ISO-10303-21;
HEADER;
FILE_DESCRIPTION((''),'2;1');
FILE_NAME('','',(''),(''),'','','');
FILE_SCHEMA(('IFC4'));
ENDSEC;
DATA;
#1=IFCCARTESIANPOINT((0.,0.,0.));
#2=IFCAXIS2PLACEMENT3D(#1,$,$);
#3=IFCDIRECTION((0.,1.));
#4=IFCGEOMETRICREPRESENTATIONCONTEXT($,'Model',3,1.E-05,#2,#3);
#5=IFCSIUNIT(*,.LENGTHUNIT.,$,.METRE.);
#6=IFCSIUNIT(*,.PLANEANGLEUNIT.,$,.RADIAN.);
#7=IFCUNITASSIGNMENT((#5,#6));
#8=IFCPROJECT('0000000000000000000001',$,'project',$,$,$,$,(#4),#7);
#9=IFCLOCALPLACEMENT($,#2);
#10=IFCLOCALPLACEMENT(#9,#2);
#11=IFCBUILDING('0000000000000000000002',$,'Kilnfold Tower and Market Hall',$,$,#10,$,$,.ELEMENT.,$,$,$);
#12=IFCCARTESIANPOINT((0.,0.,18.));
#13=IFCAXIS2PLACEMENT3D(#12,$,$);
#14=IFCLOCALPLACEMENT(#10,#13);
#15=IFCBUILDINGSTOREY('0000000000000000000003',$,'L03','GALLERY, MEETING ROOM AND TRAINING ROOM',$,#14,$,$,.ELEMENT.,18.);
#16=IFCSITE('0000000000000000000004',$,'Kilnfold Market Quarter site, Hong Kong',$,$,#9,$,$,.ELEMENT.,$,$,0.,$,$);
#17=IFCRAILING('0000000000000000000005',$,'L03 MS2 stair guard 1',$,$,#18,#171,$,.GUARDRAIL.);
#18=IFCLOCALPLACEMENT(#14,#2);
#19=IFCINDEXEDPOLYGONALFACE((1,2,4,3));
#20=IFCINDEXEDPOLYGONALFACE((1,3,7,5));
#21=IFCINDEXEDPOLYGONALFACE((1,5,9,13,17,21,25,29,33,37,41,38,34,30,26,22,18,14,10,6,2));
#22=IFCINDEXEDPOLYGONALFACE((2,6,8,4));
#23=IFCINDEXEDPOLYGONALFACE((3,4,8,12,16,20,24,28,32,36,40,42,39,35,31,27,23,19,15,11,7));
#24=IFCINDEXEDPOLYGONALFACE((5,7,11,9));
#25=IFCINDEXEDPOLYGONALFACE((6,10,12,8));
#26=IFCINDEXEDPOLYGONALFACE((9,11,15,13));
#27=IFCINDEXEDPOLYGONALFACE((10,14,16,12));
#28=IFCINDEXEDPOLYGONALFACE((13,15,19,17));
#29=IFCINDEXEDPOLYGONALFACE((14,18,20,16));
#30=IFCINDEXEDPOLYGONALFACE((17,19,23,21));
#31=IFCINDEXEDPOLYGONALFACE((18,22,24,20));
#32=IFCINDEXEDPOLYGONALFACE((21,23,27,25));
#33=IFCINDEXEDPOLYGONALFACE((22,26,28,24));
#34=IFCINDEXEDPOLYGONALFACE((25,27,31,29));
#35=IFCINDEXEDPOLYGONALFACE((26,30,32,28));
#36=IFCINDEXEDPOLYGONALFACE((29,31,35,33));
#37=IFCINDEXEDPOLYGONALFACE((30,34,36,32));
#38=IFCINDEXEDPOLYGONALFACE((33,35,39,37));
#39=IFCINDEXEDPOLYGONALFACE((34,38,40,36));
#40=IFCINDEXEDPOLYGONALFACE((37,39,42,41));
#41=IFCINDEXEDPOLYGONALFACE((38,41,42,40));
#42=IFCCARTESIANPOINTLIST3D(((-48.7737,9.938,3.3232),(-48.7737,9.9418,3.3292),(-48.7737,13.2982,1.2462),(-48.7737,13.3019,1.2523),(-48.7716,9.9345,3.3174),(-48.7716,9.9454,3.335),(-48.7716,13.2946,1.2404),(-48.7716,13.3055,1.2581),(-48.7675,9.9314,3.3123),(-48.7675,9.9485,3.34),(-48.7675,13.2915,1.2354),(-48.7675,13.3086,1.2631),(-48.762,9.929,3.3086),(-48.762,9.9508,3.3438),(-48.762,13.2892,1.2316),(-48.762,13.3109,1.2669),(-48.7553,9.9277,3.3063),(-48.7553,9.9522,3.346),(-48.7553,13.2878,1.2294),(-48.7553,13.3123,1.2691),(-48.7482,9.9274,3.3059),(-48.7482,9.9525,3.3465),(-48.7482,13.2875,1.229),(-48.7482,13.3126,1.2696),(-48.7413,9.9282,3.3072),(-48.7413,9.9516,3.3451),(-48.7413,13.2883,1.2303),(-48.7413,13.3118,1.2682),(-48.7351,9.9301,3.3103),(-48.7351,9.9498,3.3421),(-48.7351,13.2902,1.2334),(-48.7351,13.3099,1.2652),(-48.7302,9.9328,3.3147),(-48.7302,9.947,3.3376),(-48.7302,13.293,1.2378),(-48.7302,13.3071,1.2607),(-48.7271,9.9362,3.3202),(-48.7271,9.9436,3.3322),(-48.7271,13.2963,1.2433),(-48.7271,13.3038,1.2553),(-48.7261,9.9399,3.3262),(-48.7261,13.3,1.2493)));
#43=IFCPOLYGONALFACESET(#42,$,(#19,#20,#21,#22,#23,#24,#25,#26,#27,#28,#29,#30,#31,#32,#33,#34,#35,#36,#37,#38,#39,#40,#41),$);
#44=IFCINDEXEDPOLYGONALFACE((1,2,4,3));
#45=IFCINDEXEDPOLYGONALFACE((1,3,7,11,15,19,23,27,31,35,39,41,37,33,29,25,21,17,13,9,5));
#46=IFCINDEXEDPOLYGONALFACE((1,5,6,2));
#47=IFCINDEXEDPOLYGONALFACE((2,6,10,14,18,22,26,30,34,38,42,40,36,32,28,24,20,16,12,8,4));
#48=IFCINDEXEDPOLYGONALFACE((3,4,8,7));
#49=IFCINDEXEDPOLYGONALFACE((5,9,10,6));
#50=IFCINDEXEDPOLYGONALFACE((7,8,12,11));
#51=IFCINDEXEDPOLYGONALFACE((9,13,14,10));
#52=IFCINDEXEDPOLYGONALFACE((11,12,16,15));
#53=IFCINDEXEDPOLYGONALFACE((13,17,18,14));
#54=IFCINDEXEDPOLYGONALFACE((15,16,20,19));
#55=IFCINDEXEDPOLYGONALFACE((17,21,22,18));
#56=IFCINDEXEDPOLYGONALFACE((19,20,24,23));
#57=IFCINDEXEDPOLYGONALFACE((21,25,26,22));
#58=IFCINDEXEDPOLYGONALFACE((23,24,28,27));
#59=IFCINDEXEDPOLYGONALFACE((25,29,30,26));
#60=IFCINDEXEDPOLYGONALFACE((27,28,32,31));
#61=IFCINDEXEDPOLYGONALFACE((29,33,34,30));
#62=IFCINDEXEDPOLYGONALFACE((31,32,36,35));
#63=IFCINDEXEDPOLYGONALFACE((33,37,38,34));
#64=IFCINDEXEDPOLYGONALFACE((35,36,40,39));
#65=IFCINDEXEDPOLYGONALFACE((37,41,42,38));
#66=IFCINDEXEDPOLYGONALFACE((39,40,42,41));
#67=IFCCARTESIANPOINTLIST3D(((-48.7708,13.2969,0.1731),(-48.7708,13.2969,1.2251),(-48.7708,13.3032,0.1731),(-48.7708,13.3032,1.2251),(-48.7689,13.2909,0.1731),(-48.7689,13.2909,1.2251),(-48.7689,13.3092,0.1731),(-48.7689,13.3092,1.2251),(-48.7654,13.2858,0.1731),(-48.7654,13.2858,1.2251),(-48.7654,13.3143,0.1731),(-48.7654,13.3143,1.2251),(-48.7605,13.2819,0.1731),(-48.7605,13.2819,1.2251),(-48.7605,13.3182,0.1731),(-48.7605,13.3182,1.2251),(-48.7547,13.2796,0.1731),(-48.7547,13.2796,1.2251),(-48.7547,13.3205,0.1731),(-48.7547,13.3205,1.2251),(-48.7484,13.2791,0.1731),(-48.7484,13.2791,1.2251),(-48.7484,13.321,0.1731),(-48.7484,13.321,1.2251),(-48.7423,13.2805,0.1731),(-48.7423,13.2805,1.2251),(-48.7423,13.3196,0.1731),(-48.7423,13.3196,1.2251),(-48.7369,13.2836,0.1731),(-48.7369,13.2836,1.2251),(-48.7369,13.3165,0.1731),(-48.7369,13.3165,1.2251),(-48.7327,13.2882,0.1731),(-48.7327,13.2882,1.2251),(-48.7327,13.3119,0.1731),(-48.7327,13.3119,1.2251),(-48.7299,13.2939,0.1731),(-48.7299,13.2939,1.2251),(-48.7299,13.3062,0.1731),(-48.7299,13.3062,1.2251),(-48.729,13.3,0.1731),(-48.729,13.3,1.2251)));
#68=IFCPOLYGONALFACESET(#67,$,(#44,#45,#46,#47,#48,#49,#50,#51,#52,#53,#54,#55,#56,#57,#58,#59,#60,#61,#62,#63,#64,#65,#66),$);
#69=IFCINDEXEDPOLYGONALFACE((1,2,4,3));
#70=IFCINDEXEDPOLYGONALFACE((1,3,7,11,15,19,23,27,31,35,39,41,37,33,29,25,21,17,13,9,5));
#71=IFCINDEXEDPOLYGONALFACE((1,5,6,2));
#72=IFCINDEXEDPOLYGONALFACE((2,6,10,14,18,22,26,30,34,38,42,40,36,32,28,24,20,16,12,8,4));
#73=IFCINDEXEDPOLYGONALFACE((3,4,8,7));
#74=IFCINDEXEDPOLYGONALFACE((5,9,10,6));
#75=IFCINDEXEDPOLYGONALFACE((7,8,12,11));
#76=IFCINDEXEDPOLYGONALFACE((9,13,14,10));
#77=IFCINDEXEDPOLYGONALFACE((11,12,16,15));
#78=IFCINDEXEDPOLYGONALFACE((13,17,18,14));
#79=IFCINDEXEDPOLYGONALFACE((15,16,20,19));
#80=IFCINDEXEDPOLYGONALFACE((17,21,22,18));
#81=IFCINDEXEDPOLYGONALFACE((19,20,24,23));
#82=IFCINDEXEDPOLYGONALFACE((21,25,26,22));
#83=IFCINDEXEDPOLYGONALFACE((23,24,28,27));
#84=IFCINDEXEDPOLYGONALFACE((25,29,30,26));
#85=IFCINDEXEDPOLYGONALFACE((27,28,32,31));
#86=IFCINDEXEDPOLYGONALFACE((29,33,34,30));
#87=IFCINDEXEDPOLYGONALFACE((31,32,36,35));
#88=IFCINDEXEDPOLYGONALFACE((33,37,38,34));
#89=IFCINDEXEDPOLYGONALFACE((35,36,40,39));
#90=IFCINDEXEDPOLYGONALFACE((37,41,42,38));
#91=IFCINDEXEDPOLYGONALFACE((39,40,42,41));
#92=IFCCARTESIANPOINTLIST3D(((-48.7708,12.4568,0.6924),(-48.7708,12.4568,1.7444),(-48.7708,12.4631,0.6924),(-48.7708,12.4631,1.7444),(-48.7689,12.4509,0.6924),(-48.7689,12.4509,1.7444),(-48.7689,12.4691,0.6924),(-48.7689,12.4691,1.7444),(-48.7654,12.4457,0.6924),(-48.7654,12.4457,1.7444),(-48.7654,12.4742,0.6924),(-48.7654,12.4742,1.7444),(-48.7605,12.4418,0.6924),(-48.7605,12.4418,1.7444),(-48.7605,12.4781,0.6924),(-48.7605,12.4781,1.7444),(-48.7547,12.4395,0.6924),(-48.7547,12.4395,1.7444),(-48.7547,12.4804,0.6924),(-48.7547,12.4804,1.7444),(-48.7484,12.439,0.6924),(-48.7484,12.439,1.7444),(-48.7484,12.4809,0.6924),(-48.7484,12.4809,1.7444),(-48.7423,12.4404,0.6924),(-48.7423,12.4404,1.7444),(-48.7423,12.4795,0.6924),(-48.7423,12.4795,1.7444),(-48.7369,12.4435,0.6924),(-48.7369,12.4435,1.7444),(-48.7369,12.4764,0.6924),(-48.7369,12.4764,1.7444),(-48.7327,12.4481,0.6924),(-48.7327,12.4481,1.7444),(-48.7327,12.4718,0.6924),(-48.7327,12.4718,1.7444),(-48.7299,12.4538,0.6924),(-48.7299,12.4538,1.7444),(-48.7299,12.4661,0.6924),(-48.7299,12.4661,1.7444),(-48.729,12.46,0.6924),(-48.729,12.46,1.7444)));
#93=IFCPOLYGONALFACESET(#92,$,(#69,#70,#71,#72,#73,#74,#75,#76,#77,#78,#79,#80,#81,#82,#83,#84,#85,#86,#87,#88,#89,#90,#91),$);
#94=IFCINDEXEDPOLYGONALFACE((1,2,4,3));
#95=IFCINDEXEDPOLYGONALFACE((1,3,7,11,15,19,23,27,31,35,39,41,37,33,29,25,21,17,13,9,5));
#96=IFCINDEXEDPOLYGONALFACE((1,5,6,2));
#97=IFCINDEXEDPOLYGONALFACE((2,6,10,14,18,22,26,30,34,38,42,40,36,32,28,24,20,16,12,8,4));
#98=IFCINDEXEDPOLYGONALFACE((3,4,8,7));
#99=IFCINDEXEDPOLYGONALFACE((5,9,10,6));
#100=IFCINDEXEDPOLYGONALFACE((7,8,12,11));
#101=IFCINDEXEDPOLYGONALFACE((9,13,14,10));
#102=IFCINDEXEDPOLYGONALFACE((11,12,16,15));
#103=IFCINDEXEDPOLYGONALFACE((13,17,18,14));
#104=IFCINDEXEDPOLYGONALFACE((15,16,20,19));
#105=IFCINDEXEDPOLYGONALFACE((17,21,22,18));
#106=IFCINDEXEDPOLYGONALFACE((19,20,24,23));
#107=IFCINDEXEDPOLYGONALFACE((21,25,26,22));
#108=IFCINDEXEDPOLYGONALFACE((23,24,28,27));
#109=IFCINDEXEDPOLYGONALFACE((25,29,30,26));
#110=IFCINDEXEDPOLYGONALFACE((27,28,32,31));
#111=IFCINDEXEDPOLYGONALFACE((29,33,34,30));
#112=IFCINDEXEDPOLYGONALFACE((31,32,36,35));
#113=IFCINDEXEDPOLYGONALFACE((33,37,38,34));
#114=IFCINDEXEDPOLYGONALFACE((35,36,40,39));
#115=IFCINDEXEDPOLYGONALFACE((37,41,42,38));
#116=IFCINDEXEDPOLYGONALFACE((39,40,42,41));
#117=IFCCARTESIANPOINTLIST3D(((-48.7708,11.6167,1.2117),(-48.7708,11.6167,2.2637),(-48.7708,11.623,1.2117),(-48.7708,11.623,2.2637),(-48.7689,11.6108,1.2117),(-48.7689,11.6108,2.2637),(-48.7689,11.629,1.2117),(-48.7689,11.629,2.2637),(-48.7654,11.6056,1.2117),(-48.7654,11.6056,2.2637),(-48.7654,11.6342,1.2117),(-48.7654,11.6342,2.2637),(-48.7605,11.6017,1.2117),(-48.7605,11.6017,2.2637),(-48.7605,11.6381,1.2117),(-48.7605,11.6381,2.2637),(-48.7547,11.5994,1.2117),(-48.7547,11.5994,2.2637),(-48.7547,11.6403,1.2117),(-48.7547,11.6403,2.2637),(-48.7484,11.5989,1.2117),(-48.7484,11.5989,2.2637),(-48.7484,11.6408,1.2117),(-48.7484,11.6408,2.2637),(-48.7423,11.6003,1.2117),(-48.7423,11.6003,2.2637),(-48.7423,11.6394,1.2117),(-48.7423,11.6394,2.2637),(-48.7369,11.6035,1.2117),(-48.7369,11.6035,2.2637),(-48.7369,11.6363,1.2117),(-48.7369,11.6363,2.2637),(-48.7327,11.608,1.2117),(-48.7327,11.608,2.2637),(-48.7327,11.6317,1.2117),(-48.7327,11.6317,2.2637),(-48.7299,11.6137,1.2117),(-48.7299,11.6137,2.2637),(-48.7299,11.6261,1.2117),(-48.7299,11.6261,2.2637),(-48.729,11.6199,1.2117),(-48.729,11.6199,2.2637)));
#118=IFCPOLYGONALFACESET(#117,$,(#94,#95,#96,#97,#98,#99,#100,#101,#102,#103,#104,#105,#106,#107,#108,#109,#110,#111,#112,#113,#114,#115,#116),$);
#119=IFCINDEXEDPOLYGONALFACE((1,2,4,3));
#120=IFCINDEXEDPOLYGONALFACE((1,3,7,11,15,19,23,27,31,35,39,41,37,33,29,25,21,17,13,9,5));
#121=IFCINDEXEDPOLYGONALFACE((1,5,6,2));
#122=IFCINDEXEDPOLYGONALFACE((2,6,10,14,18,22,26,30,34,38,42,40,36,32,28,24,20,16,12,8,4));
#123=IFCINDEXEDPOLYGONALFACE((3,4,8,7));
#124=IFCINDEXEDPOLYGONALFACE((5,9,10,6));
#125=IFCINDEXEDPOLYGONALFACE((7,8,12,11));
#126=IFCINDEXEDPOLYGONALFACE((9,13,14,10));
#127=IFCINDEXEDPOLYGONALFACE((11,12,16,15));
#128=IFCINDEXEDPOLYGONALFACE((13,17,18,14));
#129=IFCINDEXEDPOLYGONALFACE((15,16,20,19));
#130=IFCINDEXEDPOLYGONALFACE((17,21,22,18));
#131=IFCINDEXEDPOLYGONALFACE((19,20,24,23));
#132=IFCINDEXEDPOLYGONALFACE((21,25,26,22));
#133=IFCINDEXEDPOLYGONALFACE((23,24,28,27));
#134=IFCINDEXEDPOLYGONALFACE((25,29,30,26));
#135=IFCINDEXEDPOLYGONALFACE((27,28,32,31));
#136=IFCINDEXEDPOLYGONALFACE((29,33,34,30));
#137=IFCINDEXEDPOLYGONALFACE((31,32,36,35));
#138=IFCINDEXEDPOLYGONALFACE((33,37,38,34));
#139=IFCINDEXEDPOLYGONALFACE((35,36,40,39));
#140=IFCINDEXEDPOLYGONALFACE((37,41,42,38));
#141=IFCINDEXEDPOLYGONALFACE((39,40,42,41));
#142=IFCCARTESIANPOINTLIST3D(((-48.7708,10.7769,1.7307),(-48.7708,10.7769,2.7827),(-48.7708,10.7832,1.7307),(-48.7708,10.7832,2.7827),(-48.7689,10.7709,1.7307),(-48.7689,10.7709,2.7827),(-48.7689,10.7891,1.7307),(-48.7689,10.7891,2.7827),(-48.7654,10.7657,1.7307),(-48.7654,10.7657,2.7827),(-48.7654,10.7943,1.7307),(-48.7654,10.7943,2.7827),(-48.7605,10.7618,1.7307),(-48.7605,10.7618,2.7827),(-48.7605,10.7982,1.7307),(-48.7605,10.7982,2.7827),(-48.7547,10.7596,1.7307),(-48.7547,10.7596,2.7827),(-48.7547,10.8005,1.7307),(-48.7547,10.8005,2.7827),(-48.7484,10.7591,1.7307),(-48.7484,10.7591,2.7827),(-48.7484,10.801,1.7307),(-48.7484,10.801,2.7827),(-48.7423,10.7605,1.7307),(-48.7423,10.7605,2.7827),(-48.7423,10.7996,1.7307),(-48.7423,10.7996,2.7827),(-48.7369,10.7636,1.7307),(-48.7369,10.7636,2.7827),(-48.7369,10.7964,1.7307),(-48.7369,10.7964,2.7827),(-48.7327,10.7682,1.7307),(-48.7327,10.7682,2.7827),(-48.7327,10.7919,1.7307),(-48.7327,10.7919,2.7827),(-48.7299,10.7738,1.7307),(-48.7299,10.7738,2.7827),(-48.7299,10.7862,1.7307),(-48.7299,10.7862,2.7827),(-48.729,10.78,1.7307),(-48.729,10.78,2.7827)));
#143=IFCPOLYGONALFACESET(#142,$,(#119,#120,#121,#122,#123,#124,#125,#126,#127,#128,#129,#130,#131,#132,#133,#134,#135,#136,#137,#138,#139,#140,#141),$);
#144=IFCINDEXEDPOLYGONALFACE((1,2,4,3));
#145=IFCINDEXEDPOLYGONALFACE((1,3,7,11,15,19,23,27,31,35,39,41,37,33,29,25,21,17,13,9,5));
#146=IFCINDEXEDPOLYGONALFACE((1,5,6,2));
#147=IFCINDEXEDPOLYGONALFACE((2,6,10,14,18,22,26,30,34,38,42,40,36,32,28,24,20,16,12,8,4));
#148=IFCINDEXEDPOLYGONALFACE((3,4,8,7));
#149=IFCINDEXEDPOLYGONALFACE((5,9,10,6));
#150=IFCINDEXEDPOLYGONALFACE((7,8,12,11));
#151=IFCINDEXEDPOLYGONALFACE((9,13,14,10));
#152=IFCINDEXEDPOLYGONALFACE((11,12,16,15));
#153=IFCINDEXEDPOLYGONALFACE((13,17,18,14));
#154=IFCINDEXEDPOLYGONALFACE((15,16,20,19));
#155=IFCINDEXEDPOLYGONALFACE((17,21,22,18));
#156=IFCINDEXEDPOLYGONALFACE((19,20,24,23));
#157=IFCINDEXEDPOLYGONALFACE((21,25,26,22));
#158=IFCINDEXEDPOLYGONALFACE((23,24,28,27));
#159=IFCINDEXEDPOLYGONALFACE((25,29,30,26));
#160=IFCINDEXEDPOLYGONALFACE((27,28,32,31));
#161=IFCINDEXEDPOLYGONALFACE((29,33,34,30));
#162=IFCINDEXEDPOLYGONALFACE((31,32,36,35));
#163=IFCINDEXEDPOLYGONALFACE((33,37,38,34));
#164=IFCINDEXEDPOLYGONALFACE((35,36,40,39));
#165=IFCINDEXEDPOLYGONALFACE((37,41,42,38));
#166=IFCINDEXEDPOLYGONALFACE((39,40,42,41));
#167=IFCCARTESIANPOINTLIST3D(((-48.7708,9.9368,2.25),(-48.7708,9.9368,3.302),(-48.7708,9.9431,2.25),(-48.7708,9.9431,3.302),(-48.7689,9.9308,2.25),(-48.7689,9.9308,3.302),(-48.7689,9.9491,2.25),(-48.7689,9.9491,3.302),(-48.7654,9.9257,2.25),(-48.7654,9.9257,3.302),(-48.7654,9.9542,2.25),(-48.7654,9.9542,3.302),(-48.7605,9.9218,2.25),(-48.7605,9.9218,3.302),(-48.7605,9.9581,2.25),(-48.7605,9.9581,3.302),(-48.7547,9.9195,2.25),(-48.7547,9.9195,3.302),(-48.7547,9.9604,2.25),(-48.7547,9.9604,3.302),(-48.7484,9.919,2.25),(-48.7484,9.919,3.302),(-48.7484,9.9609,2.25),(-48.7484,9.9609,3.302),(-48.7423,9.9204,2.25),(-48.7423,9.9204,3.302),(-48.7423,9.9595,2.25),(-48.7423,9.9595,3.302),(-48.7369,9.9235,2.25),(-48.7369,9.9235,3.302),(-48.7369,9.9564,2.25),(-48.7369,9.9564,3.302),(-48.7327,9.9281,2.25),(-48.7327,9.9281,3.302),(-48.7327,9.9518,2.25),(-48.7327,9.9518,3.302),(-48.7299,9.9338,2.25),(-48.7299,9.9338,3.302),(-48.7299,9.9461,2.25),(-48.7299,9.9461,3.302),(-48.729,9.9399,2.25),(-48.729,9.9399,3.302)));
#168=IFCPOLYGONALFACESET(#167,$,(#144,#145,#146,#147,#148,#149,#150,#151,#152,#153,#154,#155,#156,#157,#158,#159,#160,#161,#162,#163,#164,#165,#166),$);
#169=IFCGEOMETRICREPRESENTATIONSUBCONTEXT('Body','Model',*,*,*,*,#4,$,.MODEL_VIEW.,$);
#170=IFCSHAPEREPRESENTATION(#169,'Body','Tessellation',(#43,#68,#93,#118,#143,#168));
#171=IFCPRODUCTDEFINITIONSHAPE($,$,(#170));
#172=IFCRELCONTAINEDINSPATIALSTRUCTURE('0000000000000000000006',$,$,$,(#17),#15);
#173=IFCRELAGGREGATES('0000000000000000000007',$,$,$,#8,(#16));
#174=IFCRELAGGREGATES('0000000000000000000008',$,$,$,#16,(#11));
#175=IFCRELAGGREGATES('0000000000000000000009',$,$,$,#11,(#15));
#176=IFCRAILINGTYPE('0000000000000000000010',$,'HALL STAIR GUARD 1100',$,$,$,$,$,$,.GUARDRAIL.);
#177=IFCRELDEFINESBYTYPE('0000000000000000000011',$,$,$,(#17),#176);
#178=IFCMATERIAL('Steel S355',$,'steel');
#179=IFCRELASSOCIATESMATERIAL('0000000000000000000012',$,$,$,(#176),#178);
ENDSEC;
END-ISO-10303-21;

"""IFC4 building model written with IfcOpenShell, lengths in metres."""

from ifc_helpers import new_model, si_unit, direction, frame, origin, origin_2d, place, context, subcontext, project, spatial, circle, extrude, material, type_object, element, save


model = new_model("IFC4")

# Units and contexts
model_context = context("Model", 3, precision=1e-05, world=origin(), true_north=direction((0.0, 1.0)))
body_context = subcontext(model_context, "Body", "Model", "MODEL_VIEW")
ifc_project = project(units=[si_unit("LENGTHUNIT", "METRE"), si_unit("PLANEANGLEUNIT", "RADIAN")], contexts=[model_context])

# Site, building, storey
site_placement = place(None, origin())
site = spatial("IfcSite", under=ifc_project, at=site_placement, Name="Kilnfold Market Quarter site, Hong Kong", CompositionType="ELEMENT", RefElevation=0.0)
building_placement = place(site_placement, origin())
building = spatial("IfcBuilding", under=site, at=building_placement, Name="Kilnfold Tower and Market Hall", CompositionType="ELEMENT")
storey_placement = place(building_placement, frame((0.0, 0.0, 18.0)))
storey = spatial("IfcBuildingStorey", under=building, at=storey_placement, Name="L03", Description="GALLERY, MEETING ROOM AND TRAINING ROOM", CompositionType="ELEMENT", Elevation=18.0)

# Railing
ifc_material_1 = material(Name="Steel S355", Category="steel")
railing_type_1 = type_object("IfcRailingType", Name="HALL STAIR GUARD 1100", PredefinedType="GUARDRAIL", material=ifc_material_1)
railing_1_placement = place(storey_placement, frame((-48.75, 13.3, 0.1731)))
element("IfcRailing", 1, at=railing_1_placement, inside=storey, type_object=railing_type_1, Name="L03 MS2 stair guard 1", PredefinedType="GUARDRAIL", context=body_context, shape_type="SweptSolid", body=[
    extrude(circle(Radius=0.0239, at=origin_2d()), frame((0.0, 0.0, 1.0762), z_axis=(0.0, -0.850623, 0.525776), x_axis=(1.0, 0.0, 0.0)), (0.0, 0.0, 1.0), 3.9502),
    extrude(circle(Radius=0.021, at=origin_2d()), origin(), (0.0, 0.0, 1.0), 1.052),
    extrude(circle(Radius=0.021, at=origin_2d()), frame((0.0, -0.8401, 0.5193)), (0.0, 0.0, 1.0), 1.052),
    extrude(circle(Radius=0.021, at=origin_2d()), frame((0.0, -1.6802, 1.0386)), (0.0, 0.0, 1.0), 1.052),
    extrude(circle(Radius=0.021, at=origin_2d()), frame((0.0, -2.52, 1.5576)), (0.0, 0.0, 1.0), 1.052),
    extrude(circle(Radius=0.021, at=origin_2d()), frame((0.0, -3.3601, 2.0769)), (0.0, 0.0, 1.0), 1.052),
])

save(model, "model.ifc")
